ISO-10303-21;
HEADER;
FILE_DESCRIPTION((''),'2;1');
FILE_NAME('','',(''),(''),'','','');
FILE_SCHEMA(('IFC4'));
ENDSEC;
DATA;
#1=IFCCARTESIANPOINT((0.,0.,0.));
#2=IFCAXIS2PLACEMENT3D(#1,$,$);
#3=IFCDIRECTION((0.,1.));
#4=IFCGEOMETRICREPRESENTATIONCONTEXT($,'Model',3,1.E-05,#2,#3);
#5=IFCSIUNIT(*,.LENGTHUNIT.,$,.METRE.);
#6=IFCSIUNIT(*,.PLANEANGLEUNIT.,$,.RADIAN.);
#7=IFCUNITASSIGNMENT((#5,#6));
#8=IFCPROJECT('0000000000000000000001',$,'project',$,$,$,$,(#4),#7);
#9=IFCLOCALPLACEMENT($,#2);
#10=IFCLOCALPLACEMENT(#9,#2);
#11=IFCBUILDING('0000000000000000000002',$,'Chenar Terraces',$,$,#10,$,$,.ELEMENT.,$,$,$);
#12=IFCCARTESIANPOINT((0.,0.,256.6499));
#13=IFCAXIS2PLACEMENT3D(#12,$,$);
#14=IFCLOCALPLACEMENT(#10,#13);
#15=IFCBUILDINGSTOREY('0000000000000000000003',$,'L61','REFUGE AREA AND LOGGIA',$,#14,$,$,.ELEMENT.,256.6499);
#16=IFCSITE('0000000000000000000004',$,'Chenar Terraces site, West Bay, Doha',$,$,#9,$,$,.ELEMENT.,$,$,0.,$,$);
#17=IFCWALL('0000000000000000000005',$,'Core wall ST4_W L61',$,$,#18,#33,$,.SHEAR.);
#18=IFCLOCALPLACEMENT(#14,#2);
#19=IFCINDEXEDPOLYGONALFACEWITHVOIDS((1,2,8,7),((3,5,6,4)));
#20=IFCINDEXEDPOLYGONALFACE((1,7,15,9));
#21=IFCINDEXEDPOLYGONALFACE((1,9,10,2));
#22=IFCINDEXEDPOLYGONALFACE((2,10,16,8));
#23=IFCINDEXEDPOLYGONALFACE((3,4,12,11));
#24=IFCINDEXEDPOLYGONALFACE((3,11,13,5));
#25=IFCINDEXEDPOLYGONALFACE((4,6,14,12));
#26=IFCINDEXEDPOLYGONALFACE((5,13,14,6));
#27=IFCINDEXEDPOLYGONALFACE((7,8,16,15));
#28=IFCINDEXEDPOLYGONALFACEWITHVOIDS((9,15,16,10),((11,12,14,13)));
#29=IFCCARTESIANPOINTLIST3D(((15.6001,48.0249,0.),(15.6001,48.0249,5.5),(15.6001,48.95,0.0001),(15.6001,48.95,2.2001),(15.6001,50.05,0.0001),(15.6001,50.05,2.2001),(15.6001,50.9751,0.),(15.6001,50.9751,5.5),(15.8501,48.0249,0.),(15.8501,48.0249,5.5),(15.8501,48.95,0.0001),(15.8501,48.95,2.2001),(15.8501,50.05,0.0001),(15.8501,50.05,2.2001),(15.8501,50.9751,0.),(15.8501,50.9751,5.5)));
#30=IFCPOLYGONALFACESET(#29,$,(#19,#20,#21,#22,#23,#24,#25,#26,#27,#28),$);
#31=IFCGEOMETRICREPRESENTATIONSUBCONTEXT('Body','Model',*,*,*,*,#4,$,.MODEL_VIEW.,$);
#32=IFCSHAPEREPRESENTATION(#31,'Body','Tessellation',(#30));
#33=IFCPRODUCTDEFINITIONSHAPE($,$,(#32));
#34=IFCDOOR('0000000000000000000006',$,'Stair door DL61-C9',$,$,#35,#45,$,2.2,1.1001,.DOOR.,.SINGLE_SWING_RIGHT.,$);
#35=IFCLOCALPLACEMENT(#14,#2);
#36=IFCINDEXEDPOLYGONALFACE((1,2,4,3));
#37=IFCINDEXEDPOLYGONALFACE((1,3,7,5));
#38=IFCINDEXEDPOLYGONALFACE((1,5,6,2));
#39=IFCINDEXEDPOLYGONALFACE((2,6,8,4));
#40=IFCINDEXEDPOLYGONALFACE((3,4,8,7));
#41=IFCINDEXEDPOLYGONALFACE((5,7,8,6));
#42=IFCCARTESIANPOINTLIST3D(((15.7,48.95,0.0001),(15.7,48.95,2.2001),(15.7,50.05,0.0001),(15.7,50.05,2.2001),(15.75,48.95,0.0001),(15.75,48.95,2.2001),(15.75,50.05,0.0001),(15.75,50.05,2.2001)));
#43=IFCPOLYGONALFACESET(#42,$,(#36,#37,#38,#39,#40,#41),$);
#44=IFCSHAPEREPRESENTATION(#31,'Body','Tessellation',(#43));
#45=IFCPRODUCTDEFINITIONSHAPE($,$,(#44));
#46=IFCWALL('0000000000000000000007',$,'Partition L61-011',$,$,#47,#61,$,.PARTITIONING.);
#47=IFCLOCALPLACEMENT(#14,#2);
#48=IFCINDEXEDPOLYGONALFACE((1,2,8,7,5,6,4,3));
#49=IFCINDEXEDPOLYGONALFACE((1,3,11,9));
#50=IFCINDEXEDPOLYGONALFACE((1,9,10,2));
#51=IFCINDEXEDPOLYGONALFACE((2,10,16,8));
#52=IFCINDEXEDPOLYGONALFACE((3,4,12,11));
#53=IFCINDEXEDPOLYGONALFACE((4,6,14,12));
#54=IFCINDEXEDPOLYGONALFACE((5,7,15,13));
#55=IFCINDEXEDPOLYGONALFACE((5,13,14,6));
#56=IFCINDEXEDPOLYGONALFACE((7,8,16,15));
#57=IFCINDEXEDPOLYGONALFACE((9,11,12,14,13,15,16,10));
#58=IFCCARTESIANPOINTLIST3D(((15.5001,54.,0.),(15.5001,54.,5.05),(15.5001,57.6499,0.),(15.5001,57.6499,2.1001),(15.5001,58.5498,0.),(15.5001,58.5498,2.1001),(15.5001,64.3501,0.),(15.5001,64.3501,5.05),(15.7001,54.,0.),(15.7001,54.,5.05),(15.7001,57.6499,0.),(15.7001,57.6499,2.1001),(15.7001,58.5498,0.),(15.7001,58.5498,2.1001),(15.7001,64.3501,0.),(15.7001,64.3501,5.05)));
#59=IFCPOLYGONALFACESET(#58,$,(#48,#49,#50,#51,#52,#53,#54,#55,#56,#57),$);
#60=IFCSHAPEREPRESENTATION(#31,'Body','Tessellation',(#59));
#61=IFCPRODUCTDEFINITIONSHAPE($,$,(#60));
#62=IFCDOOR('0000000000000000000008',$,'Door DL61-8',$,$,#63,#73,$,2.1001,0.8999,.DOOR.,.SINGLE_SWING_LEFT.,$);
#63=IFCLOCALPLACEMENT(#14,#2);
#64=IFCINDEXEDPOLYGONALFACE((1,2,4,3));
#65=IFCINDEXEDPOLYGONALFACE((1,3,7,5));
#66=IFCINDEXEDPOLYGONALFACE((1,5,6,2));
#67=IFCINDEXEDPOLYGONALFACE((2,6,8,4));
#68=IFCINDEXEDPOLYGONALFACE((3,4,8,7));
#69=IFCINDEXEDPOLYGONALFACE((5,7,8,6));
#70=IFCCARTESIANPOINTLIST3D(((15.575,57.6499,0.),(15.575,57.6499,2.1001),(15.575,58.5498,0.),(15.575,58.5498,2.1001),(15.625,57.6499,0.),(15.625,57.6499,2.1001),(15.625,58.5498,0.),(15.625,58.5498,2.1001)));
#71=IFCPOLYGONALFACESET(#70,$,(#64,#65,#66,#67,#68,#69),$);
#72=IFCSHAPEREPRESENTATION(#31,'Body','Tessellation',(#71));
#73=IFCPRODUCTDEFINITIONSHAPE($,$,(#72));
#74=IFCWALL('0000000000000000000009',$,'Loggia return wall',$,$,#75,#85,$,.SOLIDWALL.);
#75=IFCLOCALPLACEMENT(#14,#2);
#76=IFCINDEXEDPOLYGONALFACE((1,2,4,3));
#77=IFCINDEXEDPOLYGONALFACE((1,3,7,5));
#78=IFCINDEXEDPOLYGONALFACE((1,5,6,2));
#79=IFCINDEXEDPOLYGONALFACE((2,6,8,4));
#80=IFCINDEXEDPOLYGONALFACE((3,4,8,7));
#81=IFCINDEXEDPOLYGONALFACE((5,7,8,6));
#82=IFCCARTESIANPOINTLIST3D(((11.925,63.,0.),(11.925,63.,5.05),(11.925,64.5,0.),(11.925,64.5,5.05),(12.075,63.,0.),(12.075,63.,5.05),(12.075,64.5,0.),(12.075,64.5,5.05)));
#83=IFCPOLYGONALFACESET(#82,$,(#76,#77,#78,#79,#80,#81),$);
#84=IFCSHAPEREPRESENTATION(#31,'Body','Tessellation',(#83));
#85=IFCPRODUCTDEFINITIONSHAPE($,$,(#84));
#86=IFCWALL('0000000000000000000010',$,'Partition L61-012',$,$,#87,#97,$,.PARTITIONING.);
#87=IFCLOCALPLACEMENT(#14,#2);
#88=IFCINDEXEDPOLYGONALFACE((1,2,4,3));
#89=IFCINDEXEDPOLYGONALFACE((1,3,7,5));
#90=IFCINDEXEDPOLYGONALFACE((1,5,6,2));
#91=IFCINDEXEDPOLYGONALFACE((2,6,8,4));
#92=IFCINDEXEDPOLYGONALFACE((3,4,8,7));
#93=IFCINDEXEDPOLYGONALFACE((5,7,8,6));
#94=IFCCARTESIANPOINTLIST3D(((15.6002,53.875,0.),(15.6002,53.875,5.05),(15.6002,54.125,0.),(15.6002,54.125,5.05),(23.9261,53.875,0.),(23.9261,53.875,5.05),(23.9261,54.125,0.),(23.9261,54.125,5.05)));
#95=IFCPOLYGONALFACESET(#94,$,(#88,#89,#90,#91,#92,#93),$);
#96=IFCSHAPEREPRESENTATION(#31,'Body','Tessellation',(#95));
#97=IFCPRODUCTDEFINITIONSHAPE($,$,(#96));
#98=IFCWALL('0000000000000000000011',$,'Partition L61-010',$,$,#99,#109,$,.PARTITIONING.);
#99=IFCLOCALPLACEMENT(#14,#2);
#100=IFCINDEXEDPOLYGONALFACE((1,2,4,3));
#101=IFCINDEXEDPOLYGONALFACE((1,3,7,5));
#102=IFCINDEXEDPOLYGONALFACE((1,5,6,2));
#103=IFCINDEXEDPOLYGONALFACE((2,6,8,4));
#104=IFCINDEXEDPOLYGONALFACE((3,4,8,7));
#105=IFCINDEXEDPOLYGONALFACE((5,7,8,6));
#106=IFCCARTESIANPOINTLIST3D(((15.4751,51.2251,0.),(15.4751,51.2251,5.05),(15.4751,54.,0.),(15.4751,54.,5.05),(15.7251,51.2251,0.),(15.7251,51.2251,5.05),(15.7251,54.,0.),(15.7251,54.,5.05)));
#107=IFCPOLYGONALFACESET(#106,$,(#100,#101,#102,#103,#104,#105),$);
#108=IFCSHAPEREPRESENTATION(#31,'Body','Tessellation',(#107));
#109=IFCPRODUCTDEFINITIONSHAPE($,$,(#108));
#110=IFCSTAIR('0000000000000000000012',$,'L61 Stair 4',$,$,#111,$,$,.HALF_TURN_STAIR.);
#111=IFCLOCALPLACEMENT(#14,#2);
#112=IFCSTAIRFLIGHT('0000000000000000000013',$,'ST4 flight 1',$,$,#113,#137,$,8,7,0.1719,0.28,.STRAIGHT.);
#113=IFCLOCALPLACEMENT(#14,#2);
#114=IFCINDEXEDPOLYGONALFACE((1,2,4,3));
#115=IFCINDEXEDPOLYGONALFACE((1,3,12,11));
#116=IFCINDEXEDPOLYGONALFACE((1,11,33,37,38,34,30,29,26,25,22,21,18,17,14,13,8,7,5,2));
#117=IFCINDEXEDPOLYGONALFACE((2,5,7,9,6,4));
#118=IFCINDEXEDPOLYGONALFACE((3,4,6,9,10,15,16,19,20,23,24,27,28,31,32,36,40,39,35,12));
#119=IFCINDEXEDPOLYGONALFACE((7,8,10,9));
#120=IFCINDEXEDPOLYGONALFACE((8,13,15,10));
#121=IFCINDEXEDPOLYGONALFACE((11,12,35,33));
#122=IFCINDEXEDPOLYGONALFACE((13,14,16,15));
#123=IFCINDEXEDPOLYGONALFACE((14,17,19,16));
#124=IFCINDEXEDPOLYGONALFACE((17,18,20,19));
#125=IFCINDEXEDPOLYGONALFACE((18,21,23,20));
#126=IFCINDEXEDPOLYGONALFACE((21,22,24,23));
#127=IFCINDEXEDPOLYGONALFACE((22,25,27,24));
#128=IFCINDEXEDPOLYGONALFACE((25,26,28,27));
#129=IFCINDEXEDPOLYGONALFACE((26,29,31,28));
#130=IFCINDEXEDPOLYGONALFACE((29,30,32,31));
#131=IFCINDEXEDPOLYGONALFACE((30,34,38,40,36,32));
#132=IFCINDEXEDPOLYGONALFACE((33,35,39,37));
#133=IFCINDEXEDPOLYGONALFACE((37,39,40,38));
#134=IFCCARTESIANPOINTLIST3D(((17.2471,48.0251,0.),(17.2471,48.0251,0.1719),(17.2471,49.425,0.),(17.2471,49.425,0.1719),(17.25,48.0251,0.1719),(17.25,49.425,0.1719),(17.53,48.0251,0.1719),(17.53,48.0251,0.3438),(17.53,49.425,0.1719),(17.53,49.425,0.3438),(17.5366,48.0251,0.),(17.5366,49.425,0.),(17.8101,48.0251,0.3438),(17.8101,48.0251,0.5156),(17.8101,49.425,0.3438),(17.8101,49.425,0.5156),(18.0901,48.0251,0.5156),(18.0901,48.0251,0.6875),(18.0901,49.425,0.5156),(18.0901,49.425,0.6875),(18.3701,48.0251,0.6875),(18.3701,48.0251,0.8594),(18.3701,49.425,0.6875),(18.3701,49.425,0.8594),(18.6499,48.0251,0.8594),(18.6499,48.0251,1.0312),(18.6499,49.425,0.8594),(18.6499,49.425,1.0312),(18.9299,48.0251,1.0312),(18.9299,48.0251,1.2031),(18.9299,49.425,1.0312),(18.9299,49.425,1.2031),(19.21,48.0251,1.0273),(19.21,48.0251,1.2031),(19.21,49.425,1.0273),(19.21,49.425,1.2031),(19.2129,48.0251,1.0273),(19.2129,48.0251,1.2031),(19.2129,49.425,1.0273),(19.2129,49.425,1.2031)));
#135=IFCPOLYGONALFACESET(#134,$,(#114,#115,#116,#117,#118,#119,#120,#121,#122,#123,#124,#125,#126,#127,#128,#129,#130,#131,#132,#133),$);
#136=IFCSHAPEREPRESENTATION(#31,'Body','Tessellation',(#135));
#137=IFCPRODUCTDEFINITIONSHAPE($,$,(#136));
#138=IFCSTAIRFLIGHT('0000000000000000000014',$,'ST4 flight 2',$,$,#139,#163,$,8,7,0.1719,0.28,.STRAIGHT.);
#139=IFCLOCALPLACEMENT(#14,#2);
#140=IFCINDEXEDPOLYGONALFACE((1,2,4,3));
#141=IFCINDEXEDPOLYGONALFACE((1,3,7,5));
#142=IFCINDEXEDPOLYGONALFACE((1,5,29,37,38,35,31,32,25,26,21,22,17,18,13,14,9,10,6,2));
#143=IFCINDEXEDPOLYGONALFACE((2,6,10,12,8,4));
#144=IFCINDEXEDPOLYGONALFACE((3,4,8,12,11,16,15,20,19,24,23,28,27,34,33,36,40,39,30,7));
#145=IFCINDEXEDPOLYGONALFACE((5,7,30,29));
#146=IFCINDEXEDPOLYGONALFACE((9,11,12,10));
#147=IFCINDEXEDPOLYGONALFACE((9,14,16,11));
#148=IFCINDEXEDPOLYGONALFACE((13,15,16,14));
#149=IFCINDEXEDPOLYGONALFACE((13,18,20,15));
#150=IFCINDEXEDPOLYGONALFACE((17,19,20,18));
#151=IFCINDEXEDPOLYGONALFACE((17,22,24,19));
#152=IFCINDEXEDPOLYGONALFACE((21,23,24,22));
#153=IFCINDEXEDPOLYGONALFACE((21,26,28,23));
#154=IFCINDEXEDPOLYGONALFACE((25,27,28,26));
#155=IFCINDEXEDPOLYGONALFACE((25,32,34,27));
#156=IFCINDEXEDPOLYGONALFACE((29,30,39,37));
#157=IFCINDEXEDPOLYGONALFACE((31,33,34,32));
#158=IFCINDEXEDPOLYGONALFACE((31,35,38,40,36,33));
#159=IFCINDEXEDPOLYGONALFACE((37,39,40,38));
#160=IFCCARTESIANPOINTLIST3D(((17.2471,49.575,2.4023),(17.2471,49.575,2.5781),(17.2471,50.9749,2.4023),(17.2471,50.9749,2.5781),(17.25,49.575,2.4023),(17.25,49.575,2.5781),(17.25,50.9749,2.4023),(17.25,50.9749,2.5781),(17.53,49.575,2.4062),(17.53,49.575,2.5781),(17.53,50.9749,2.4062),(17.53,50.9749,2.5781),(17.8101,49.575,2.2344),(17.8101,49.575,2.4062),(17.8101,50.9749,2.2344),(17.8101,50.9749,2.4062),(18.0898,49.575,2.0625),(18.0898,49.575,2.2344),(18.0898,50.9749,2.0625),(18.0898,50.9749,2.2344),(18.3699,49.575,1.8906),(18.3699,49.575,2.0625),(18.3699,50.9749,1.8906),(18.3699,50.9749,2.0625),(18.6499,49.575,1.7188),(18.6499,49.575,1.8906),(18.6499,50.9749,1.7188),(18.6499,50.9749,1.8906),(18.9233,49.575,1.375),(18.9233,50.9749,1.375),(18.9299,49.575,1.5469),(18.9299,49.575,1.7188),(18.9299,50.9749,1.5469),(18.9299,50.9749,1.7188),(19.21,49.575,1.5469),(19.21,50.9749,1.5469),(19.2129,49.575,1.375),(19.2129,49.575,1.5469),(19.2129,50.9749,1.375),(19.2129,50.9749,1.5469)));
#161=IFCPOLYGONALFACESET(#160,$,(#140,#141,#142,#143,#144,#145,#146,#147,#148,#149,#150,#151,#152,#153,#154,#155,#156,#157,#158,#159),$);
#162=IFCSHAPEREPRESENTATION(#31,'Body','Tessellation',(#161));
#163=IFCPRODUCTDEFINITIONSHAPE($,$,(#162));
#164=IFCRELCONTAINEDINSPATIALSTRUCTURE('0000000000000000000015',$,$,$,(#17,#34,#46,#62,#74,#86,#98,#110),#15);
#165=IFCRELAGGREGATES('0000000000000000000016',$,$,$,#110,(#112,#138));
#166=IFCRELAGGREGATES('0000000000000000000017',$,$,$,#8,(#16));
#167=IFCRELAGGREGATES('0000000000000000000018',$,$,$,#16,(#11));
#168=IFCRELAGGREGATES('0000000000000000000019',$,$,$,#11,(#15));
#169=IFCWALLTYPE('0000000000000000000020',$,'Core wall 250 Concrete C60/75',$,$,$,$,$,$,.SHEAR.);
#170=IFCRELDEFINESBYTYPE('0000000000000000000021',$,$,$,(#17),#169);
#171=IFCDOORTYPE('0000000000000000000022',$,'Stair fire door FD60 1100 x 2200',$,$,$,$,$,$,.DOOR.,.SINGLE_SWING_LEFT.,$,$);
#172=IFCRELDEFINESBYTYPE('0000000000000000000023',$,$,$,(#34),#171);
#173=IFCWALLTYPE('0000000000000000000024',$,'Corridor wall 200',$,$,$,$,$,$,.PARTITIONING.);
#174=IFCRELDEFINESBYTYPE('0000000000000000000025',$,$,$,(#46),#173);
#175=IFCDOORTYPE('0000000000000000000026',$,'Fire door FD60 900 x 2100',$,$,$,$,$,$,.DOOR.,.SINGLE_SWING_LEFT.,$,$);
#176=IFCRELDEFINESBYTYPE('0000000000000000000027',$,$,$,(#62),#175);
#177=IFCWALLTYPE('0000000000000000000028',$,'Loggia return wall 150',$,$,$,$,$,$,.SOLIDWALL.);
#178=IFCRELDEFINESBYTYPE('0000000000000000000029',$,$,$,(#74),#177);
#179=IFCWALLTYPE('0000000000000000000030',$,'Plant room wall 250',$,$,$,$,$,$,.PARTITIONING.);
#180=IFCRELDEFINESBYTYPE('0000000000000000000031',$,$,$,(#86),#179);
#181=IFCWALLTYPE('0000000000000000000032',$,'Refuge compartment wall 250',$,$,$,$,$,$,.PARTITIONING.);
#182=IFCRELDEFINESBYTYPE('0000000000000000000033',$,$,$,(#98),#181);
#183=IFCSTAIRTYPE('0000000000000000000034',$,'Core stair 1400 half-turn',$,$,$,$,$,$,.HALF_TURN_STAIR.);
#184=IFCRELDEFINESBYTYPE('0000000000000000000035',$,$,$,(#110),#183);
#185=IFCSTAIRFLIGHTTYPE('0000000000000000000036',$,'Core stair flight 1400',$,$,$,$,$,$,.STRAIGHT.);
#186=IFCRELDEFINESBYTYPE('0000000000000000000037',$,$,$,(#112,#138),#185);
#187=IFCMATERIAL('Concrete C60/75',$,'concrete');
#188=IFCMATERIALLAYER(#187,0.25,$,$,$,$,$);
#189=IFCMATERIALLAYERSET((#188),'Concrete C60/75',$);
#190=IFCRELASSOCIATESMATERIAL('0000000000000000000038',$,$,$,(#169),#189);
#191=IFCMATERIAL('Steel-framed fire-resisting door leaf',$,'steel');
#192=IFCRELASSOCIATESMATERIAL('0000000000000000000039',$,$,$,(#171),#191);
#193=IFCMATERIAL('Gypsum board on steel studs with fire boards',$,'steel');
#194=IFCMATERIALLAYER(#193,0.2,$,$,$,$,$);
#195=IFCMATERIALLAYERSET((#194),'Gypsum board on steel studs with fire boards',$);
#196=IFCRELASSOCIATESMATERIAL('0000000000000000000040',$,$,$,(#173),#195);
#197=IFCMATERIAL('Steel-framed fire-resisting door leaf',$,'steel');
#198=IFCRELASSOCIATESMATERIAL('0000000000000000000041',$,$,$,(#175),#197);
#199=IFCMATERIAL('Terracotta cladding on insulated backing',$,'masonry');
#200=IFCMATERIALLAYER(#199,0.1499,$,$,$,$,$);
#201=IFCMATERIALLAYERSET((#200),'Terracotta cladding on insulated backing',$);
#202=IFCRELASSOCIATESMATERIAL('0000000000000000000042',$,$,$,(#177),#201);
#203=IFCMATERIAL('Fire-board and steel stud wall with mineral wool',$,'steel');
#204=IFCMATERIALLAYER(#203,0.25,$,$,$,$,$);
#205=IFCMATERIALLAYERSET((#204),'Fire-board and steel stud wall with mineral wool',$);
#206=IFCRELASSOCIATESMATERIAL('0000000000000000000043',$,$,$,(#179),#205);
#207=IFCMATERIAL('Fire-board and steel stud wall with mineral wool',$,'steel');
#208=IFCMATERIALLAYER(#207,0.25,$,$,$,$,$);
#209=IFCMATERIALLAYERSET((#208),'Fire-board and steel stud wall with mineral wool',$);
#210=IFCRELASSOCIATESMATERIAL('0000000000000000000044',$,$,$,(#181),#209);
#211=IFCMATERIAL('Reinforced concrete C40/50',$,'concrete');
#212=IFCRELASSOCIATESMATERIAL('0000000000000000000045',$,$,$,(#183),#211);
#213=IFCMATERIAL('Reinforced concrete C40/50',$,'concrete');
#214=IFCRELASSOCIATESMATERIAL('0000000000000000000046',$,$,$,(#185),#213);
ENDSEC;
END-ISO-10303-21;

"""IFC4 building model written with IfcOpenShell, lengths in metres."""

from ifc_helpers import new_model, si_unit, direction, frame, frame_2d, origin, place, context, subcontext, project, spatial, polyline, rectangle, outline, extrude, material, layer, layer_set, type_object, element, fill, aggregate, save


model = new_model("IFC4")

# Units and contexts
model_context = context("Model", 3, precision=1e-05, world=origin(), true_north=direction((0.0, 1.0)))
body_context = subcontext(model_context, "Body", "Model", "MODEL_VIEW")
ifc_project = project(units=[si_unit("LENGTHUNIT", "METRE"), si_unit("PLANEANGLEUNIT", "RADIAN")], contexts=[model_context])

# Site, building, storey
site_placement = place(None, origin())
site = spatial("IfcSite", under=ifc_project, at=site_placement, Name="Chenar Terraces site, West Bay, Doha", CompositionType="ELEMENT", RefElevation=0.0)
building_placement = place(site_placement, origin())
building = spatial("IfcBuilding", under=site, at=building_placement, Name="Chenar Terraces", CompositionType="ELEMENT")
storey_placement = place(building_placement, frame((0.0, 0.0, 256.6499)))
storey = spatial("IfcBuildingStorey", under=building, at=storey_placement, Name="L61", Description="REFUGE AREA AND LOGGIA", CompositionType="ELEMENT", Elevation=256.6499)

# Shared definitions
ifc_material_1 = material(Name="Concrete C60/75", Category="concrete")
ifc_layer_1 = layer(ifc_material_1, 0.25)
ifc_layer_set_1 = layer_set([ifc_layer_1], Name="Concrete C60/75")
wall_type_1 = type_object("IfcWallType", Name="Core wall 250 Concrete C60/75", PredefinedType="SHEAR", material=ifc_layer_set_1)

# Walls, openings, doors
wall_1_placement = place(storey_placement, frame((15.7251, 48.0249, 0.0), z_axis=(0.0, 0.0, 1.0), x_axis=(0.0, 1.0, 0.0)))
wall_1 = element("IfcWall", 1, at=wall_1_placement, inside=storey, type_object=wall_type_1, Name="Core wall ST4_W L61", PredefinedType="SHEAR", context=body_context, shape_type="SweptSolid", body=[
    extrude(rectangle(XDim=2.9502, YDim=0.25, at=frame_2d((1.4751, 0.0))), origin(), (0.0, 0.0, 1.0), 5.5),
])
opening_1_placement = place(wall_1_placement, frame((0.925, 0.0, 0.0)))
opening_1 = element("IfcOpeningElement", 2, at=opening_1_placement, cuts=wall_1, PredefinedType="OPENING", context=body_context, shape_type="SweptSolid", body=[
    extrude(rectangle(XDim=1.1001, YDim=2.2, at=frame_2d((0.55, 1.1001))), frame((0.0, 0.135, 0.0), z_axis=(0.0, -1.0, 0.0), x_axis=(1.0, 0.0, 0.0)), (0.0, 0.0, 1.0), 0.27),
])
ifc_material_2 = material(Name="Steel-framed fire-resisting door leaf", Category="steel")
door_type_1 = type_object("IfcDoorType", Name="Stair fire door FD60 1100 x 2200", OperationType="SINGLE_SWING_LEFT", PredefinedType="DOOR", material=ifc_material_2)
door_1_placement = place(opening_1_placement, frame((1.1001, 0.0, 0.0), z_axis=(0.0, 0.0, 1.0), x_axis=(-1.0, 0.0, 0.0)))
door_1 = element("IfcDoor", 3, at=door_1_placement, inside=storey, type_object=door_type_1, Name="Stair door DL61-C9", OperationType="SINGLE_SWING_RIGHT", OverallHeight=2.2, OverallWidth=1.1001, PredefinedType="DOOR", context=body_context, shape_type="SweptSolid", body=[
    extrude(rectangle(XDim=1.1001, YDim=2.2, at=frame_2d((0.55, 1.1001))), frame((0.0, 0.0249, 0.0), z_axis=(0.0, -1.0, 0.0), x_axis=(1.0, 0.0, 0.0)), (0.0, 0.0, 1.0), 0.05),
])
fill(opening_1, door_1)
ifc_material_3 = material(Name="Gypsum board on steel studs with fire boards", Category="steel")
ifc_layer_2 = layer(ifc_material_3, 0.2)
ifc_layer_set_2 = layer_set([ifc_layer_2], Name="Gypsum board on steel studs with fire boards")
wall_type_2 = type_object("IfcWallType", Name="Corridor wall 200", PredefinedType="PARTITIONING", material=ifc_layer_set_2)
wall_2_placement = place(storey_placement, frame((15.6001, 54.0, 0.0), z_axis=(0.0, 0.0, 1.0), x_axis=(0.0, 1.0, 0.0)))
wall_2 = element("IfcWall", 4, at=wall_2_placement, inside=storey, type_object=wall_type_2, Name="Partition L61-011", PredefinedType="PARTITIONING", context=body_context, shape_type="SweptSolid", body=[
    extrude(rectangle(XDim=10.3501, YDim=0.2, at=frame_2d((5.175, 0.0))), origin(), (0.0, 0.0, 1.0), 5.05),
])
opening_2_placement = place(wall_2_placement, frame((3.6499, 0.0, 0.0)))
opening_2 = element("IfcOpeningElement", 5, at=opening_2_placement, cuts=wall_2, PredefinedType="OPENING", context=body_context, shape_type="SweptSolid", body=[
    extrude(rectangle(XDim=0.8999, YDim=2.1001, at=frame_2d((0.45, 1.05))), frame((0.0, 0.1099, 0.0), z_axis=(0.0, -1.0, 0.0), x_axis=(1.0, 0.0, 0.0)), (0.0, 0.0, 1.0), 0.22),
])
ifc_material_4 = material(Name="Steel-framed fire-resisting door leaf", Category="steel")
door_type_2 = type_object("IfcDoorType", Name="Fire door FD60 900 x 2100", OperationType="SINGLE_SWING_LEFT", PredefinedType="DOOR", material=ifc_material_4)
door_2_placement = place(opening_2_placement, frame((0.8999, 0.0, 0.0), z_axis=(0.0, 0.0, 1.0), x_axis=(-1.0, 0.0, 0.0)))
door_2 = element("IfcDoor", 6, at=door_2_placement, inside=storey, type_object=door_type_2, Name="Door DL61-8", OperationType="SINGLE_SWING_LEFT", OverallHeight=2.1001, OverallWidth=0.8999, PredefinedType="DOOR", context=body_context, shape_type="SweptSolid", body=[
    extrude(rectangle(XDim=0.8999, YDim=2.1001, at=frame_2d((0.45, 1.05))), frame((0.0, 0.0249, 0.0), z_axis=(0.0, -1.0, 0.0), x_axis=(1.0, 0.0, 0.0)), (0.0, 0.0, 1.0), 0.05),
])
fill(opening_2, door_2)

# Walls
ifc_material_5 = material(Name="Terracotta cladding on insulated backing", Category="masonry")
ifc_layer_3 = layer(ifc_material_5, 0.1499)
ifc_layer_set_3 = layer_set([ifc_layer_3], Name="Terracotta cladding on insulated backing")
wall_type_3 = type_object("IfcWallType", Name="Loggia return wall 150", PredefinedType="SOLIDWALL", material=ifc_layer_set_3)
wall_3_placement = place(storey_placement, frame((12.0, 64.5, 0.0), z_axis=(0.0, 0.0, 1.0), x_axis=(0.0, -1.0, 0.0)))
element("IfcWall", 7, at=wall_3_placement, inside=storey, type_object=wall_type_3, Name="Loggia return wall", PredefinedType="SOLIDWALL", context=body_context, shape_type="SweptSolid", body=[
    extrude(rectangle(XDim=1.5, YDim=0.1499, at=frame_2d((0.75, 0.0))), origin(), (0.0, 0.0, 1.0), 5.05),
])
ifc_material_6 = material(Name="Fire-board and steel stud wall with mineral wool", Category="steel")
ifc_layer_4 = layer(ifc_material_6, 0.25)
ifc_layer_set_4 = layer_set([ifc_layer_4], Name="Fire-board and steel stud wall with mineral wool")
wall_type_4 = type_object("IfcWallType", Name="Plant room wall 250", PredefinedType="PARTITIONING", material=ifc_layer_set_4)
wall_4_placement = place(storey_placement, frame((15.6001, 54.0, 0.0), z_axis=(0.0, 0.0, 1.0), x_axis=(1.0, 0.0, 0.0)))
element("IfcWall", 8, at=wall_4_placement, inside=storey, type_object=wall_type_4, Name="Partition L61-012", PredefinedType="PARTITIONING", context=body_context, shape_type="SweptSolid", body=[
    extrude(rectangle(XDim=8.3259, YDim=0.25, at=frame_2d((4.1631, 0.0))), origin(), (0.0, 0.0, 1.0), 5.05),
])
ifc_material_7 = material(Name="Fire-board and steel stud wall with mineral wool", Category="steel")
ifc_layer_5 = layer(ifc_material_7, 0.25)
ifc_layer_set_5 = layer_set([ifc_layer_5], Name="Fire-board and steel stud wall with mineral wool")
wall_type_5 = type_object("IfcWallType", Name="Refuge compartment wall 250", PredefinedType="PARTITIONING", material=ifc_layer_set_5)
wall_5_placement = place(storey_placement, frame((15.6001, 51.2251, 0.0), z_axis=(0.0, 0.0, 1.0), x_axis=(0.0, 1.0, 0.0)))
element("IfcWall", 9, at=wall_5_placement, inside=storey, type_object=wall_type_5, Name="Partition L61-010", PredefinedType="PARTITIONING", context=body_context, shape_type="SweptSolid", body=[
    extrude(rectangle(XDim=2.7749, YDim=0.25, at=frame_2d((1.3875, 0.0))), origin(), (0.0, 0.0, 1.0), 5.05),
])

# Stair, stair flights
ifc_material_8 = material(Name="Reinforced concrete C40/50", Category="concrete")
stair_type = type_object("IfcStairType", Name="Core stair 1400 half-turn", PredefinedType="HALF_TURN_STAIR", material=ifc_material_8)
stair_placement = place(storey_placement, origin())
stair = element("IfcStair", 10, at=stair_placement, inside=storey, type_object=stair_type, Name="L61 Stair 4", PredefinedType="HALF_TURN_STAIR")
ifc_material_9 = material(Name="Reinforced concrete C40/50", Category="concrete")
stair_flight_type = type_object("IfcStairFlightType", Name="Core stair flight 1400", PredefinedType="STRAIGHT", material=ifc_material_9)
stair_flight_1_placement = place(storey_placement, frame((17.25, 48.7251, 0.0), z_axis=(0.0, 0.0, 1.0), x_axis=(1.0, 0.0, 0.0)))
stair_flight_1 = element("IfcStairFlight", 11, at=stair_flight_1_placement, type_object=stair_flight_type, Name="ST4 flight 1", NumberOfRisers=8, NumberOfTreads=7, PredefinedType="STRAIGHT", RiserHeight=0.1719, TreadLength=0.28, context=body_context, shape_type="SweptSolid", body=[
    extrude(outline(polyline([(-0.0029, 0.0), (-0.0029, 0.1719), (0.0, 0.1719), (0.28, 0.1719), (0.28, 0.3438), (0.5601, 0.3438), (0.5601, 0.5156), (0.8401, 0.5156), (0.8401, 0.6875), (1.1201, 0.6875), (1.1201, 0.8594), (1.3999, 0.8594), (1.3999, 1.0312), (1.6799, 1.0312), (1.6799, 1.2031), (1.96, 1.2031), (1.9629, 1.2031), (1.9629, 1.0273), (1.96, 1.0273), (0.2866, 0.0), (-0.0029, 0.0)])), frame((0.0, 0.7, 0.0), z_axis=(0.0, -1.0, 0.0), x_axis=(1.0, 0.0, 0.0)), (0.0, 0.0, 1.0), 1.3999),
])
stair_flight_2_placement = place(storey_placement, frame((19.21, 50.2749, 1.375), z_axis=(0.0, 0.0, 1.0), x_axis=(-1.0, 0.0, 0.0)))
stair_flight_2 = element("IfcStairFlight", 12, at=stair_flight_2_placement, type_object=stair_flight_type, Name="ST4 flight 2", NumberOfRisers=8, NumberOfTreads=7, PredefinedType="STRAIGHT", RiserHeight=0.1719, TreadLength=0.28, context=body_context, shape_type="SweptSolid", body=[
    extrude(outline(polyline([(-0.0029, 0.0), (-0.0029, 0.1719), (0.0, 0.1719), (0.28, 0.1719), (0.28, 0.3438), (0.5601, 0.3438), (0.5601, 0.5156), (0.8401, 0.5156), (0.8401, 0.6875), (1.1201, 0.6875), (1.1201, 0.8594), (1.3999, 0.8594), (1.3999, 1.0312), (1.6799, 1.0312), (1.6799, 1.2031), (1.96, 1.2031), (1.9629, 1.2031), (1.9629, 1.0273), (1.96, 1.0273), (0.2866, 0.0), (-0.0029, 0.0)])), frame((0.0, 0.7, 0.0), z_axis=(0.0, -1.0, 0.0), x_axis=(1.0, 0.0, 0.0)), (0.0, 0.0, 1.0), 1.3999),
])
aggregate(stair, [stair_flight_1, stair_flight_2])

save(model, "model.ifc")
